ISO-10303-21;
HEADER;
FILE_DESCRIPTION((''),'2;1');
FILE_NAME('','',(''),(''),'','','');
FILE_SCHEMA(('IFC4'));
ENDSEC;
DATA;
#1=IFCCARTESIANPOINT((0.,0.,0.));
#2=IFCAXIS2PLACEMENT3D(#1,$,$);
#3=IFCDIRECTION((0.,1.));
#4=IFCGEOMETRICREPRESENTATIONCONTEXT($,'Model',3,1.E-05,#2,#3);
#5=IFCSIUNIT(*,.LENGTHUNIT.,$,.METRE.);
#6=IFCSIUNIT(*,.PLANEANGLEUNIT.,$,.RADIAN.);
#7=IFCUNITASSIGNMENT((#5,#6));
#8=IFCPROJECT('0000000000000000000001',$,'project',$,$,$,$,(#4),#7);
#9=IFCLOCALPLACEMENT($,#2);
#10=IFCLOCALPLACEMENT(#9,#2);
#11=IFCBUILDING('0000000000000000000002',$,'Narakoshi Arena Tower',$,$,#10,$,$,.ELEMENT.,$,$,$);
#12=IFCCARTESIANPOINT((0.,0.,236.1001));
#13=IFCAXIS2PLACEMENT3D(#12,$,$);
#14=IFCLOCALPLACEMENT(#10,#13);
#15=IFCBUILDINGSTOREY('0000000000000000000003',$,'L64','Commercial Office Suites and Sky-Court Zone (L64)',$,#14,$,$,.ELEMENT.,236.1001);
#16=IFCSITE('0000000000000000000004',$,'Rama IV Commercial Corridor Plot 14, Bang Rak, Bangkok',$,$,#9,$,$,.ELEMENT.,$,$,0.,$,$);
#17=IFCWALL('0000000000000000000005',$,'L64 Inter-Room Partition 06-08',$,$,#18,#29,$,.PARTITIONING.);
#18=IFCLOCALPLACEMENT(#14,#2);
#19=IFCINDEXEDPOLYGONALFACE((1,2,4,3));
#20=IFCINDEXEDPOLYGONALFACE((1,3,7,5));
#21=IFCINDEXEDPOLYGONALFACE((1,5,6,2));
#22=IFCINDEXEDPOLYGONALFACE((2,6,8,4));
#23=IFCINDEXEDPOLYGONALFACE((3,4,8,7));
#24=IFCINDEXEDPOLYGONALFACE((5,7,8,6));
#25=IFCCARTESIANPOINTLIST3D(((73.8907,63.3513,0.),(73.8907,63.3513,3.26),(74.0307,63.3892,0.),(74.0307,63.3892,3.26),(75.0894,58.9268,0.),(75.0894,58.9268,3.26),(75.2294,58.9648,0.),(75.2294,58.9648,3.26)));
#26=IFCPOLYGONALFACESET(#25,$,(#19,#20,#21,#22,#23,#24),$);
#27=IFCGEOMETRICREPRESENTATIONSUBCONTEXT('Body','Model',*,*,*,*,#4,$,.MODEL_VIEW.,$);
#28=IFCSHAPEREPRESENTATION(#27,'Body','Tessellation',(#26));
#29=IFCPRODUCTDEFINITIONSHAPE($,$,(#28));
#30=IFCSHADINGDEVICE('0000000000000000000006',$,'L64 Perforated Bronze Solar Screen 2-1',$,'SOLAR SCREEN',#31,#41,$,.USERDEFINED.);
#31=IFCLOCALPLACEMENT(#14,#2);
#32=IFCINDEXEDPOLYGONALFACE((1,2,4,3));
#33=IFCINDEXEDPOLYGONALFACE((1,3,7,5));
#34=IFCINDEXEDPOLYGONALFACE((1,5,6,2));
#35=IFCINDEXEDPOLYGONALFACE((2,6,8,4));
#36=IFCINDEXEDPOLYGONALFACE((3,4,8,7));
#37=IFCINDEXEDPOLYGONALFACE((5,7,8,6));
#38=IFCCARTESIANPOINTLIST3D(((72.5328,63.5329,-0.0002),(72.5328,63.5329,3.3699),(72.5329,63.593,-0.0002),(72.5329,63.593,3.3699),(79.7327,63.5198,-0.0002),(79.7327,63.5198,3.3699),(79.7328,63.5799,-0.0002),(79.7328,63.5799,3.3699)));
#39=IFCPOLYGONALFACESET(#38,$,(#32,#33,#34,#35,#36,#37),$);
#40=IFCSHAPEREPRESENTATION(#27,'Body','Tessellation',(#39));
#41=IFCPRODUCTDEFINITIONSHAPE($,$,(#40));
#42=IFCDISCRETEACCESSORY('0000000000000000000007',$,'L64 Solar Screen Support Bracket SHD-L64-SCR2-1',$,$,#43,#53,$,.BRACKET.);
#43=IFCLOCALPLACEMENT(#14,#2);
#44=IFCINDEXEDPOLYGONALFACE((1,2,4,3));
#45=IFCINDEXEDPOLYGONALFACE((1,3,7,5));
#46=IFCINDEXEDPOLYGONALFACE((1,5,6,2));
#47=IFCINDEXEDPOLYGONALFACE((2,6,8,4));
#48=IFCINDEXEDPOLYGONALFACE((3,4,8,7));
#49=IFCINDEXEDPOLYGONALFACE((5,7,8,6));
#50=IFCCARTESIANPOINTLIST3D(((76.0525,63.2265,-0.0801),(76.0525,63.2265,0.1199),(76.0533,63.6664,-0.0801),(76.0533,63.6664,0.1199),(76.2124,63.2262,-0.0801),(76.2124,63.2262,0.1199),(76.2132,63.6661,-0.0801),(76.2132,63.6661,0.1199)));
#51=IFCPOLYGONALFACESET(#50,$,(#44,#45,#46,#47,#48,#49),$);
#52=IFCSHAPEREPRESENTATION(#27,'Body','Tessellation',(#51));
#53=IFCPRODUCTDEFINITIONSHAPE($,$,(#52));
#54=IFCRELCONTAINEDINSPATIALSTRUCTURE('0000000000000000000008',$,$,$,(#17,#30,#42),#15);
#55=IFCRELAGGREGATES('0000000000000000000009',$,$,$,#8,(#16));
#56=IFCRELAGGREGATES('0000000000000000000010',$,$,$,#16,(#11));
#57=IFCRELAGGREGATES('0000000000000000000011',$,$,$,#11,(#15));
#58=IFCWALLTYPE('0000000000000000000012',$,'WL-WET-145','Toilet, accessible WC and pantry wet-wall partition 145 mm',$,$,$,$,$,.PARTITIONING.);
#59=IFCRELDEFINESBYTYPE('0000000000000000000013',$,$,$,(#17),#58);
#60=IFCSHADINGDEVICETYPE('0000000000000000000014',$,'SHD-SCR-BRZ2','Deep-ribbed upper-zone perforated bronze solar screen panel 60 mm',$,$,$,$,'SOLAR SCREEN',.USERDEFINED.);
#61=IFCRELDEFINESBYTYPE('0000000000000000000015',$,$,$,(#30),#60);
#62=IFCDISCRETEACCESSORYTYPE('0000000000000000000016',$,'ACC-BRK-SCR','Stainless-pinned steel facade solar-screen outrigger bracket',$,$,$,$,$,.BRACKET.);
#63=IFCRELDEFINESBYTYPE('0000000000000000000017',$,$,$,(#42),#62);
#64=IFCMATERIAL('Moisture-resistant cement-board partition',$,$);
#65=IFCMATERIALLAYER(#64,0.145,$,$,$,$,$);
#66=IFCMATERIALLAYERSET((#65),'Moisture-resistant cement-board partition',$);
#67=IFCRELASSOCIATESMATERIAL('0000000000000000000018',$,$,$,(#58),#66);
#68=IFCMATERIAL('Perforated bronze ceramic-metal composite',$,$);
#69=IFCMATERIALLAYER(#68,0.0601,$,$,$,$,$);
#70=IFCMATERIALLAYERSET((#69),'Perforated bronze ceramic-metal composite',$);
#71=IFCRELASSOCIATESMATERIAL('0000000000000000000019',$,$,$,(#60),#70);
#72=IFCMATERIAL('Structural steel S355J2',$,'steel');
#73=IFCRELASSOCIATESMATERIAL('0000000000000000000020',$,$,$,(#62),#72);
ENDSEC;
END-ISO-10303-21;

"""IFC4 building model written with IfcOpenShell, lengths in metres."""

from ifc_helpers import new_model, si_unit, direction, frame, frame_2d, origin, origin_2d, place, context, subcontext, project, spatial, rectangle, extrude, material, layer, layer_set, type_object, element, save


model = new_model("IFC4")

# Units and contexts
model_context = context("Model", 3, precision=1e-05, world=origin(), true_north=direction((0.0, 1.0)))
body_context = subcontext(model_context, "Body", "Model", "MODEL_VIEW")
ifc_project = project(units=[si_unit("LENGTHUNIT", "METRE"), si_unit("PLANEANGLEUNIT", "RADIAN")], contexts=[model_context])

# Site, building, storey
site_placement = place(None, origin())
site = spatial("IfcSite", under=ifc_project, at=site_placement, Name="Rama IV Commercial Corridor Plot 14, Bang Rak, Bangkok", CompositionType="ELEMENT", RefElevation=0.0)
building_placement = place(site_placement, origin())
building = spatial("IfcBuilding", under=site, at=building_placement, Name="Narakoshi Arena Tower", CompositionType="ELEMENT")
storey_placement = place(building_placement, frame((0.0, 0.0, 236.1001)))
storey = spatial("IfcBuildingStorey", under=building, at=storey_placement, Name="L64", Description="Commercial Office Suites and Sky-Court Zone (L64)", CompositionType="ELEMENT", Elevation=236.1001)

# Shared definitions
ifc_material_1 = material(Name="Structural steel S355J2", Category="steel")

# Wall
ifc_material_2 = material(Name="Moisture-resistant cement-board partition")
ifc_layer_1 = layer(ifc_material_2, 0.145)
ifc_layer_set_1 = layer_set([ifc_layer_1], Name="Moisture-resistant cement-board partition")
wall_type_1 = type_object("IfcWallType", Name="WL-WET-145", Description="Toilet, accessible WC and pantry wet-wall partition 145 mm", PredefinedType="PARTITIONING", material=ifc_layer_set_1)
wall_1_placement = place(storey_placement, frame((75.1594, 58.9458, 0.0), z_axis=(0.0, 0.0, 1.0), x_axis=(-0.261499, 0.965204, 0.0)))
element("IfcWall", 1, at=wall_1_placement, inside=storey, type_object=wall_type_1, Name="L64 Inter-Room Partition 06-08", PredefinedType="PARTITIONING", context=body_context, shape_type="SweptSolid", body=[
    extrude(rectangle(XDim=4.584, YDim=0.145, at=frame_2d((2.292, 0.0))), origin(), (0.0, 0.0, 1.0), 3.26),
])

# Shading device
ifc_material_3 = material(Name="Perforated bronze ceramic-metal composite")
ifc_layer_2 = layer(ifc_material_3, 0.0601)
ifc_layer_set_2 = layer_set([ifc_layer_2], Name="Perforated bronze ceramic-metal composite")
shading_device_type = type_object("IfcShadingDeviceType", Name="SHD-SCR-BRZ2", Description="Deep-ribbed upper-zone perforated bronze solar screen panel 60 mm", ElementType="SOLAR SCREEN", PredefinedType="USERDEFINED", material=ifc_layer_set_2)
shading_device_placement = place(storey_placement, frame((76.1328, 63.5564, -0.0002), z_axis=(0.0, 0.0, 1.0), x_axis=(-0.999998, 0.001815, 0.0)))
element("IfcShadingDevice", 2, at=shading_device_placement, inside=storey, type_object=shading_device_type, Name="L64 Perforated Bronze Solar Screen 2-1", ObjectType="SOLAR SCREEN", PredefinedType="USERDEFINED", context=body_context, shape_type="SweptSolid", body=[
    extrude(rectangle(XDim=7.2, YDim=0.0601, at=origin_2d()), origin(), (0.0, 0.0, 1.0), 3.3701),
])

# Discrete accessory
discrete_accessory_type = type_object("IfcDiscreteAccessoryType", Name="ACC-BRK-SCR", Description="Stainless-pinned steel facade solar-screen outrigger bracket", PredefinedType="BRACKET", material=ifc_material_1)
discrete_accessory_placement = place(storey_placement, frame((76.1328, 63.4463, -0.0801), z_axis=(0.0, 0.0, 1.0), x_axis=(-0.999998, 0.001815, 0.0)))
element("IfcDiscreteAccessory", 3, at=discrete_accessory_placement, inside=storey, type_object=discrete_accessory_type, Name="L64 Solar Screen Support Bracket SHD-L64-SCR2-1", PredefinedType="BRACKET", context=body_context, shape_type="SweptSolid", body=[
    extrude(rectangle(XDim=0.1599, YDim=0.4399, at=origin_2d()), origin(), (0.0, 0.0, 1.0), 0.2),
])

save(model, "model.ifc")
